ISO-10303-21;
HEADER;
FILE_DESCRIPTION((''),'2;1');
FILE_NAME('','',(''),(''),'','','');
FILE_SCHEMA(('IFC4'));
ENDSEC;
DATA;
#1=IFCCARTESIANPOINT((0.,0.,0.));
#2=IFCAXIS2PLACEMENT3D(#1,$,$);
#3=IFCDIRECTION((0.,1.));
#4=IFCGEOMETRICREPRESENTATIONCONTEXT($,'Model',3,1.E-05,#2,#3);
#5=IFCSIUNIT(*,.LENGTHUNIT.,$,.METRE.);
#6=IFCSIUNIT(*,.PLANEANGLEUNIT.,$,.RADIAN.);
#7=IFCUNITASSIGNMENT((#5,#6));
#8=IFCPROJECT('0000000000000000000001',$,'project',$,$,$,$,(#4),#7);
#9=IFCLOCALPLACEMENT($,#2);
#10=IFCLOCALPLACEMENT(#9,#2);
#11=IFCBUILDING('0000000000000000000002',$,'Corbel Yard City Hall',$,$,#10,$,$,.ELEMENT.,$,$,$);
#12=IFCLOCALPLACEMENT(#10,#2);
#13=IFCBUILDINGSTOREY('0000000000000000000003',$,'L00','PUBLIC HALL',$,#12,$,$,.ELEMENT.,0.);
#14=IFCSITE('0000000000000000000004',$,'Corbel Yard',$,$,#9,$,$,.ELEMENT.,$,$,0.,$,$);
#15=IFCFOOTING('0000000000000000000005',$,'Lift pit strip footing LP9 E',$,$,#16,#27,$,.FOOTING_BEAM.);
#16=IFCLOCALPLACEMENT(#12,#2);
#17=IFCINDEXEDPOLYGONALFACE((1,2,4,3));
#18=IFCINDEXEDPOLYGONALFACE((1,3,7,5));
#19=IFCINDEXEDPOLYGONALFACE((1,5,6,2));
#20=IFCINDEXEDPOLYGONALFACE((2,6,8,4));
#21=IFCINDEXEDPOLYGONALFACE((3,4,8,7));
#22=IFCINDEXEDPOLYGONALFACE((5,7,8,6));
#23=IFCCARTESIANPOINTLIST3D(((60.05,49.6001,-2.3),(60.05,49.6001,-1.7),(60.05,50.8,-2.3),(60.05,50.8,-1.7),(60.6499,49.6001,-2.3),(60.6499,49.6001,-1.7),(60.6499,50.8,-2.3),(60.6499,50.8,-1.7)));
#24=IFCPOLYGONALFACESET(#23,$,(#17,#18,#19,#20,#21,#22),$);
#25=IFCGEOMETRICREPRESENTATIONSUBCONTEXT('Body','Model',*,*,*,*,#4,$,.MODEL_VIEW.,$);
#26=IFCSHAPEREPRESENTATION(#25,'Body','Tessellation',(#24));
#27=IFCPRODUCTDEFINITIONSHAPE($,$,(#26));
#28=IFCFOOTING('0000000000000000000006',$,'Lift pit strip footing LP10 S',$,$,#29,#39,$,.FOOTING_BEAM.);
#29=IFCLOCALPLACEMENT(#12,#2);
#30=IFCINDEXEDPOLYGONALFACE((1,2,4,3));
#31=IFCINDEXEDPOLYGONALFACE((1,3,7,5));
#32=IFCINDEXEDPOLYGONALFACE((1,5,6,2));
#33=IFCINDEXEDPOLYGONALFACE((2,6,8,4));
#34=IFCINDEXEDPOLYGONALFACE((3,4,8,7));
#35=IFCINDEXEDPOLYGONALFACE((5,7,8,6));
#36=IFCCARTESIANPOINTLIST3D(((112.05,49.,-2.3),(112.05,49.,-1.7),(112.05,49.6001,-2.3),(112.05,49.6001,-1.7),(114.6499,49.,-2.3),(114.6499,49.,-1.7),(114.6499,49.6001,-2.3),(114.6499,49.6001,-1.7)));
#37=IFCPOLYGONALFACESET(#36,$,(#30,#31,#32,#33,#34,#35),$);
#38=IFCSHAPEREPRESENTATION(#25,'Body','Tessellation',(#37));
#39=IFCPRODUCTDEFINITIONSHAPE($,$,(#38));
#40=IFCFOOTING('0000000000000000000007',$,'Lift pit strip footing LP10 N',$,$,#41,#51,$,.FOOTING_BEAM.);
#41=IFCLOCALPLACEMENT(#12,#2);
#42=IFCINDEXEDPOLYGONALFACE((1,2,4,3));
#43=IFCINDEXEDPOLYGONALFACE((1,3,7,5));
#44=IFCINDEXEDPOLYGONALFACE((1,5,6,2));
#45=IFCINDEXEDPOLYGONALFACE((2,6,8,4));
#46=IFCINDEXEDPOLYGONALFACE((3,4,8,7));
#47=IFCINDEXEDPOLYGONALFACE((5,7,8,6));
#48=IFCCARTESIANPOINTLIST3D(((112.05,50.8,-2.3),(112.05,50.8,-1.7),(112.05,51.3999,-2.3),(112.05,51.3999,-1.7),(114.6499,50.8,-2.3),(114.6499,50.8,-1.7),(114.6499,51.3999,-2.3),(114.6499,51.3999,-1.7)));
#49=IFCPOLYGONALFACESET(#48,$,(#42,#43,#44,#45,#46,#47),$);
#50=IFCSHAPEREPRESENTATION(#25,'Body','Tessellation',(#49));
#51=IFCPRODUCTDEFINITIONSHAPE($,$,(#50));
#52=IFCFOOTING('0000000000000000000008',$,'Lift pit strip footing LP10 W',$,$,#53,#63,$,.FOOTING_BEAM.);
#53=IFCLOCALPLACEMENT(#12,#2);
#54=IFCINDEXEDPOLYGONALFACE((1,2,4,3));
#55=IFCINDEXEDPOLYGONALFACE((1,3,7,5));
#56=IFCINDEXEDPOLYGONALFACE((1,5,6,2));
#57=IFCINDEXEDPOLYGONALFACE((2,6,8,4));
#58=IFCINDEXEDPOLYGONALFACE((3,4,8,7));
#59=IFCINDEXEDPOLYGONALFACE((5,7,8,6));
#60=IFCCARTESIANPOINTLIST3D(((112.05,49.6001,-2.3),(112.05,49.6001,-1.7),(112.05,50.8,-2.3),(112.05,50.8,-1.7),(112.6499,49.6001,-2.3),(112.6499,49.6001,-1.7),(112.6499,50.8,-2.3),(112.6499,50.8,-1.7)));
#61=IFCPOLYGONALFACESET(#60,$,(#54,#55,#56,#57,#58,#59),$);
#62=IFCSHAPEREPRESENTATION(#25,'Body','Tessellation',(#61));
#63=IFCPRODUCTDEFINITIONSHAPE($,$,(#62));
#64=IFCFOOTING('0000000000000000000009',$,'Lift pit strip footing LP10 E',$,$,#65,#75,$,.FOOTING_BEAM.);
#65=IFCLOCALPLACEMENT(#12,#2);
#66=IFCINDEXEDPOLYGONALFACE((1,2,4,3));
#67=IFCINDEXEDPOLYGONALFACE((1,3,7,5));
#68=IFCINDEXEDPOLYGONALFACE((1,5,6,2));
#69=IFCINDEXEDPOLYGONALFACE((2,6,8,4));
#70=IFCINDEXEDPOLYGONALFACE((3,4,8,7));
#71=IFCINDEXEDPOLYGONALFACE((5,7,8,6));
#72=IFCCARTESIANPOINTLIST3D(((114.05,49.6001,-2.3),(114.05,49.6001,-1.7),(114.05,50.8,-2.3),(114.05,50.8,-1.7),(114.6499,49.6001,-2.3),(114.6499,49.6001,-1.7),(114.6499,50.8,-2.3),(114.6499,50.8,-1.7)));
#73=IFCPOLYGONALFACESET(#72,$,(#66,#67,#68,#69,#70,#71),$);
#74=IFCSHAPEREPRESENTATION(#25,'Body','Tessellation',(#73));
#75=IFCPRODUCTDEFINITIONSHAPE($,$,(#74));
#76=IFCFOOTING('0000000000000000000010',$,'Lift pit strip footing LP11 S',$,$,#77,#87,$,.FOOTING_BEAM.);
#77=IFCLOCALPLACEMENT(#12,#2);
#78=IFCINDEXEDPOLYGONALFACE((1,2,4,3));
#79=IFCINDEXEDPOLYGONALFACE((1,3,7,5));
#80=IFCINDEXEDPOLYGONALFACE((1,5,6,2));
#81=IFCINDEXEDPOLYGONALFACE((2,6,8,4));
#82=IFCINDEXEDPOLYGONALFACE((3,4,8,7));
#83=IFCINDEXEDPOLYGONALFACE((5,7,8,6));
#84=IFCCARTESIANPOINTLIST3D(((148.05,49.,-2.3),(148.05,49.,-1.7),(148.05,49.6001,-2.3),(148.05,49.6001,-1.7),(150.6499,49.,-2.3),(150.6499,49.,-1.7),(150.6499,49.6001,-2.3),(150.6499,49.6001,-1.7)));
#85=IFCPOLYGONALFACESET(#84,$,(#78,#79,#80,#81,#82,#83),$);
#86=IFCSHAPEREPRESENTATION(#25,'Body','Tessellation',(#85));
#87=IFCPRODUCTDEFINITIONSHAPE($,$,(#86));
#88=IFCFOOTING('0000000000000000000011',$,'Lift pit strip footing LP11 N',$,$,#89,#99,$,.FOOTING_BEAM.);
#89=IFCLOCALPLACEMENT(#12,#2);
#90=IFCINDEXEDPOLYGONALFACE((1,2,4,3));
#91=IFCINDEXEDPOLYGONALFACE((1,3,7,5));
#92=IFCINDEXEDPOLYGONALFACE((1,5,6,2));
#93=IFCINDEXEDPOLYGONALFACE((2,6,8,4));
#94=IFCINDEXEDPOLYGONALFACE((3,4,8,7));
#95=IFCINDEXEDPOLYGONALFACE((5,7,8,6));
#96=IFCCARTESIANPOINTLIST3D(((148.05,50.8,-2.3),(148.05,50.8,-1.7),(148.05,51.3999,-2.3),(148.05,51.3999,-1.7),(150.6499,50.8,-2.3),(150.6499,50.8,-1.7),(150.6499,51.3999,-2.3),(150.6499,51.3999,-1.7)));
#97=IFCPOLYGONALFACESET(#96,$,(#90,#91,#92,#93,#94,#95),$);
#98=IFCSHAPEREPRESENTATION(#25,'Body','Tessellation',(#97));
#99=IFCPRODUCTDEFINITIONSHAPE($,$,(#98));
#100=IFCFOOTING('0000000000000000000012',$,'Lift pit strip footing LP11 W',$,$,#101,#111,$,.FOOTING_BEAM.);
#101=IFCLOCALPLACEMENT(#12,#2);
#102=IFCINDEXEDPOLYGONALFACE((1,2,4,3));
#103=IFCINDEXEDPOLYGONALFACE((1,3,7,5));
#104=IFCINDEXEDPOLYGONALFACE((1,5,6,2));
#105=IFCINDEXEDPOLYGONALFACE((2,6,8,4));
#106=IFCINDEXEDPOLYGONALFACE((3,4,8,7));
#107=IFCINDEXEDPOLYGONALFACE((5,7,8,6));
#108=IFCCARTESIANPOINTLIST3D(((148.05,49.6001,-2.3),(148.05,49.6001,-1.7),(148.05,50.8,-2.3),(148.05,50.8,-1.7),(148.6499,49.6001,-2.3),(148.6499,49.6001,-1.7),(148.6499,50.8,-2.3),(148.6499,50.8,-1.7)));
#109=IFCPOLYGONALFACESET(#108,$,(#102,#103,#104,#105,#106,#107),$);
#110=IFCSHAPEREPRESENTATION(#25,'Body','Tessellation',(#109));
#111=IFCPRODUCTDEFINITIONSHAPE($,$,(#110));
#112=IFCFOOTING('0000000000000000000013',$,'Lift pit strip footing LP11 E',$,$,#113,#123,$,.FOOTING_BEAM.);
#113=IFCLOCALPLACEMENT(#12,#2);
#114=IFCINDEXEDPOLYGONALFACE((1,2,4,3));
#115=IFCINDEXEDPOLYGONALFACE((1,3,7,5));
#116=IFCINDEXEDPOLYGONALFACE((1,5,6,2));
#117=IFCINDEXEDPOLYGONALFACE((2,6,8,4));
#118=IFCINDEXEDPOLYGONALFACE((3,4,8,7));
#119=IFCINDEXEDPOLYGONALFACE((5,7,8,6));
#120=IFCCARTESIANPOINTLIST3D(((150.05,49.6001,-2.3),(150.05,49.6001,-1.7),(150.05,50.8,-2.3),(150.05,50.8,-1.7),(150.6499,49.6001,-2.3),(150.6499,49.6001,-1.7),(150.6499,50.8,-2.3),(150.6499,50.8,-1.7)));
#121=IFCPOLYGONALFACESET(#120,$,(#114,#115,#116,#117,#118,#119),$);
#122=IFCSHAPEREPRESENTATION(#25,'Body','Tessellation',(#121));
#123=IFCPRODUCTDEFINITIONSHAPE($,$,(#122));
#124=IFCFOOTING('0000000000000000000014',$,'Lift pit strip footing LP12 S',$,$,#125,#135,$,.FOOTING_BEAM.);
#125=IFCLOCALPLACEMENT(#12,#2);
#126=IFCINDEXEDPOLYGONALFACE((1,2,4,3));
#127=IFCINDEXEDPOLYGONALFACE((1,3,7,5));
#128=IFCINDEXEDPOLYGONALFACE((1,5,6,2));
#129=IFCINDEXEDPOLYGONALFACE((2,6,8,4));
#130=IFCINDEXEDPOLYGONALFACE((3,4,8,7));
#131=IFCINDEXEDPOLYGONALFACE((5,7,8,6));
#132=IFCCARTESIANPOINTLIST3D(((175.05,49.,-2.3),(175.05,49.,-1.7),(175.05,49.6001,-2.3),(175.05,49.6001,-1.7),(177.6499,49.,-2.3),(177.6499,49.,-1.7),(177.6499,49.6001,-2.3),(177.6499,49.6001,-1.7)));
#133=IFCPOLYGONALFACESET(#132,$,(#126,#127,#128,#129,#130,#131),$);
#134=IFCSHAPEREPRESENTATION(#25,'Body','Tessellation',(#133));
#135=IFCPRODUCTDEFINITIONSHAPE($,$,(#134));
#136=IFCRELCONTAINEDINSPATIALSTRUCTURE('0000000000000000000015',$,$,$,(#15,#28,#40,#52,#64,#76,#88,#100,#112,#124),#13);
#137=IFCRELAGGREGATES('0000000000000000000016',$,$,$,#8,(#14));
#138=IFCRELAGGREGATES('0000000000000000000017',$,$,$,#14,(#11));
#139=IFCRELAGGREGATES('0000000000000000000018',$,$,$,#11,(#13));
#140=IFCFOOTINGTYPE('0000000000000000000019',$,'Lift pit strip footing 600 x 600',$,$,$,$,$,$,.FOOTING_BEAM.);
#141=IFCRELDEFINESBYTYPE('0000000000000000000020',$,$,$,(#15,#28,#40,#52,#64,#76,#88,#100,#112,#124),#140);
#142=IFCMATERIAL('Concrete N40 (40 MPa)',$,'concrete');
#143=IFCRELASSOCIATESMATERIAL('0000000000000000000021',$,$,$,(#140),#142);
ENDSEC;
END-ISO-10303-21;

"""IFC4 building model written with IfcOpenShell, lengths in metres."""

from ifc_helpers import new_model, si_unit, direction, frame, origin, place, context, subcontext, project, spatial, polyline, outline, extrude, material, type_object, element, save


model = new_model("IFC4")

# Units and contexts
model_context = context("Model", 3, precision=1e-05, world=origin(), true_north=direction((0.0, 1.0)))
body_context = subcontext(model_context, "Body", "Model", "MODEL_VIEW")
ifc_project = project(units=[si_unit("LENGTHUNIT", "METRE"), si_unit("PLANEANGLEUNIT", "RADIAN")], contexts=[model_context])

# Site, building, storey
site_placement = place(None, origin())
site = spatial("IfcSite", under=ifc_project, at=site_placement, Name="Corbel Yard", CompositionType="ELEMENT", RefElevation=0.0)
building_placement = place(site_placement, origin())
building = spatial("IfcBuilding", under=site, at=building_placement, Name="Corbel Yard City Hall", CompositionType="ELEMENT")
storey_placement = place(building_placement, origin())
storey = spatial("IfcBuildingStorey", under=building, at=storey_placement, Name="L00", Description="PUBLIC HALL", CompositionType="ELEMENT", Elevation=0.0)

# Footings
ifc_material = material(Name="Concrete N40 (40 MPa)", Category="concrete")
footing_type = type_object("IfcFootingType", Name="Lift pit strip footing 600 x 600", PredefinedType="FOOTING_BEAM", material=ifc_material)
footing_1_placement = place(storey_placement, frame((0.0, 0.0, -2.3)))
element("IfcFooting", 1, at=footing_1_placement, inside=storey, type_object=footing_type, Name="Lift pit strip footing LP9 E", PredefinedType="FOOTING_BEAM", context=body_context, shape_type="SweptSolid", body=[
    extrude(outline(polyline([(60.6499, 49.6001), (60.6499, 50.8), (60.05, 50.8), (60.05, 49.6001), (60.6499, 49.6001)])), origin(), (0.0, 0.0, 1.0), 0.6001),
])
footing_2_placement = place(storey_placement, frame((0.0, 0.0, -2.3)))
element("IfcFooting", 2, at=footing_2_placement, inside=storey, type_object=footing_type, Name="Lift pit strip footing LP10 S", PredefinedType="FOOTING_BEAM", context=body_context, shape_type="SweptSolid", body=[
    extrude(outline(polyline([(114.6499, 49.0), (114.6499, 49.6001), (112.05, 49.6001), (112.05, 49.0), (114.6499, 49.0)])), origin(), (0.0, 0.0, 1.0), 0.6001),
])
footing_3_placement = place(storey_placement, frame((0.0, 0.0, -2.3)))
element("IfcFooting", 3, at=footing_3_placement, inside=storey, type_object=footing_type, Name="Lift pit strip footing LP10 N", PredefinedType="FOOTING_BEAM", context=body_context, shape_type="SweptSolid", body=[
    extrude(outline(polyline([(114.6499, 50.8), (114.6499, 51.3999), (112.05, 51.3999), (112.05, 50.8), (114.6499, 50.8)])), origin(), (0.0, 0.0, 1.0), 0.6001),
])
footing_4_placement = place(storey_placement, frame((0.0, 0.0, -2.3)))
element("IfcFooting", 4, at=footing_4_placement, inside=storey, type_object=footing_type, Name="Lift pit strip footing LP10 W", PredefinedType="FOOTING_BEAM", context=body_context, shape_type="SweptSolid", body=[
    extrude(outline(polyline([(112.6499, 49.6001), (112.6499, 50.8), (112.05, 50.8), (112.05, 49.6001), (112.6499, 49.6001)])), origin(), (0.0, 0.0, 1.0), 0.6001),
])
footing_5_placement = place(storey_placement, frame((0.0, 0.0, -2.3)))
element("IfcFooting", 5, at=footing_5_placement, inside=storey, type_object=footing_type, Name="Lift pit strip footing LP10 E", PredefinedType="FOOTING_BEAM", context=body_context, shape_type="SweptSolid", body=[
    extrude(outline(polyline([(114.6499, 49.6001), (114.6499, 50.8), (114.05, 50.8), (114.05, 49.6001), (114.6499, 49.6001)])), origin(), (0.0, 0.0, 1.0), 0.6001),
])
footing_6_placement = place(storey_placement, frame((0.0, 0.0, -2.3)))
element("IfcFooting", 6, at=footing_6_placement, inside=storey, type_object=footing_type, Name="Lift pit strip footing LP11 S", PredefinedType="FOOTING_BEAM", context=body_context, shape_type="SweptSolid", body=[
    extrude(outline(polyline([(150.6499, 49.0), (150.6499, 49.6001), (148.05, 49.6001), (148.05, 49.0), (150.6499, 49.0)])), origin(), (0.0, 0.0, 1.0), 0.6001),
])
footing_7_placement = place(storey_placement, frame((0.0, 0.0, -2.3)))
element("IfcFooting", 7, at=footing_7_placement, inside=storey, type_object=footing_type, Name="Lift pit strip footing LP11 N", PredefinedType="FOOTING_BEAM", context=body_context, shape_type="SweptSolid", body=[
    extrude(outline(polyline([(150.6499, 50.8), (150.6499, 51.3999), (148.05, 51.3999), (148.05, 50.8), (150.6499, 50.8)])), origin(), (0.0, 0.0, 1.0), 0.6001),
])
footing_8_placement = place(storey_placement, frame((0.0, 0.0, -2.3)))
element("IfcFooting", 8, at=footing_8_placement, inside=storey, type_object=footing_type, Name="Lift pit strip footing LP11 W", PredefinedType="FOOTING_BEAM", context=body_context, shape_type="SweptSolid", body=[
    extrude(outline(polyline([(148.6499, 49.6001), (148.6499, 50.8), (148.05, 50.8), (148.05, 49.6001), (148.6499, 49.6001)])), origin(), (0.0, 0.0, 1.0), 0.6001),
])
footing_9_placement = place(storey_placement, frame((0.0, 0.0, -2.3)))
element("IfcFooting", 9, at=footing_9_placement, inside=storey, type_object=footing_type, Name="Lift pit strip footing LP11 E", PredefinedType="FOOTING_BEAM", context=body_context, shape_type="SweptSolid", body=[
    extrude(outline(polyline([(150.6499, 49.6001), (150.6499, 50.8), (150.05, 50.8), (150.05, 49.6001), (150.6499, 49.6001)])), origin(), (0.0, 0.0, 1.0), 0.6001),
])
footing_10_placement = place(storey_placement, frame((0.0, 0.0, -2.3)))
element("IfcFooting", 10, at=footing_10_placement, inside=storey, type_object=footing_type, Name="Lift pit strip footing LP12 S", PredefinedType="FOOTING_BEAM", context=body_context, shape_type="SweptSolid", body=[
    extrude(outline(polyline([(177.6499, 49.0), (177.6499, 49.6001), (175.05, 49.6001), (175.05, 49.0), (177.6499, 49.0)])), origin(), (0.0, 0.0, 1.0), 0.6001),
])

save(model, "model.ifc")
